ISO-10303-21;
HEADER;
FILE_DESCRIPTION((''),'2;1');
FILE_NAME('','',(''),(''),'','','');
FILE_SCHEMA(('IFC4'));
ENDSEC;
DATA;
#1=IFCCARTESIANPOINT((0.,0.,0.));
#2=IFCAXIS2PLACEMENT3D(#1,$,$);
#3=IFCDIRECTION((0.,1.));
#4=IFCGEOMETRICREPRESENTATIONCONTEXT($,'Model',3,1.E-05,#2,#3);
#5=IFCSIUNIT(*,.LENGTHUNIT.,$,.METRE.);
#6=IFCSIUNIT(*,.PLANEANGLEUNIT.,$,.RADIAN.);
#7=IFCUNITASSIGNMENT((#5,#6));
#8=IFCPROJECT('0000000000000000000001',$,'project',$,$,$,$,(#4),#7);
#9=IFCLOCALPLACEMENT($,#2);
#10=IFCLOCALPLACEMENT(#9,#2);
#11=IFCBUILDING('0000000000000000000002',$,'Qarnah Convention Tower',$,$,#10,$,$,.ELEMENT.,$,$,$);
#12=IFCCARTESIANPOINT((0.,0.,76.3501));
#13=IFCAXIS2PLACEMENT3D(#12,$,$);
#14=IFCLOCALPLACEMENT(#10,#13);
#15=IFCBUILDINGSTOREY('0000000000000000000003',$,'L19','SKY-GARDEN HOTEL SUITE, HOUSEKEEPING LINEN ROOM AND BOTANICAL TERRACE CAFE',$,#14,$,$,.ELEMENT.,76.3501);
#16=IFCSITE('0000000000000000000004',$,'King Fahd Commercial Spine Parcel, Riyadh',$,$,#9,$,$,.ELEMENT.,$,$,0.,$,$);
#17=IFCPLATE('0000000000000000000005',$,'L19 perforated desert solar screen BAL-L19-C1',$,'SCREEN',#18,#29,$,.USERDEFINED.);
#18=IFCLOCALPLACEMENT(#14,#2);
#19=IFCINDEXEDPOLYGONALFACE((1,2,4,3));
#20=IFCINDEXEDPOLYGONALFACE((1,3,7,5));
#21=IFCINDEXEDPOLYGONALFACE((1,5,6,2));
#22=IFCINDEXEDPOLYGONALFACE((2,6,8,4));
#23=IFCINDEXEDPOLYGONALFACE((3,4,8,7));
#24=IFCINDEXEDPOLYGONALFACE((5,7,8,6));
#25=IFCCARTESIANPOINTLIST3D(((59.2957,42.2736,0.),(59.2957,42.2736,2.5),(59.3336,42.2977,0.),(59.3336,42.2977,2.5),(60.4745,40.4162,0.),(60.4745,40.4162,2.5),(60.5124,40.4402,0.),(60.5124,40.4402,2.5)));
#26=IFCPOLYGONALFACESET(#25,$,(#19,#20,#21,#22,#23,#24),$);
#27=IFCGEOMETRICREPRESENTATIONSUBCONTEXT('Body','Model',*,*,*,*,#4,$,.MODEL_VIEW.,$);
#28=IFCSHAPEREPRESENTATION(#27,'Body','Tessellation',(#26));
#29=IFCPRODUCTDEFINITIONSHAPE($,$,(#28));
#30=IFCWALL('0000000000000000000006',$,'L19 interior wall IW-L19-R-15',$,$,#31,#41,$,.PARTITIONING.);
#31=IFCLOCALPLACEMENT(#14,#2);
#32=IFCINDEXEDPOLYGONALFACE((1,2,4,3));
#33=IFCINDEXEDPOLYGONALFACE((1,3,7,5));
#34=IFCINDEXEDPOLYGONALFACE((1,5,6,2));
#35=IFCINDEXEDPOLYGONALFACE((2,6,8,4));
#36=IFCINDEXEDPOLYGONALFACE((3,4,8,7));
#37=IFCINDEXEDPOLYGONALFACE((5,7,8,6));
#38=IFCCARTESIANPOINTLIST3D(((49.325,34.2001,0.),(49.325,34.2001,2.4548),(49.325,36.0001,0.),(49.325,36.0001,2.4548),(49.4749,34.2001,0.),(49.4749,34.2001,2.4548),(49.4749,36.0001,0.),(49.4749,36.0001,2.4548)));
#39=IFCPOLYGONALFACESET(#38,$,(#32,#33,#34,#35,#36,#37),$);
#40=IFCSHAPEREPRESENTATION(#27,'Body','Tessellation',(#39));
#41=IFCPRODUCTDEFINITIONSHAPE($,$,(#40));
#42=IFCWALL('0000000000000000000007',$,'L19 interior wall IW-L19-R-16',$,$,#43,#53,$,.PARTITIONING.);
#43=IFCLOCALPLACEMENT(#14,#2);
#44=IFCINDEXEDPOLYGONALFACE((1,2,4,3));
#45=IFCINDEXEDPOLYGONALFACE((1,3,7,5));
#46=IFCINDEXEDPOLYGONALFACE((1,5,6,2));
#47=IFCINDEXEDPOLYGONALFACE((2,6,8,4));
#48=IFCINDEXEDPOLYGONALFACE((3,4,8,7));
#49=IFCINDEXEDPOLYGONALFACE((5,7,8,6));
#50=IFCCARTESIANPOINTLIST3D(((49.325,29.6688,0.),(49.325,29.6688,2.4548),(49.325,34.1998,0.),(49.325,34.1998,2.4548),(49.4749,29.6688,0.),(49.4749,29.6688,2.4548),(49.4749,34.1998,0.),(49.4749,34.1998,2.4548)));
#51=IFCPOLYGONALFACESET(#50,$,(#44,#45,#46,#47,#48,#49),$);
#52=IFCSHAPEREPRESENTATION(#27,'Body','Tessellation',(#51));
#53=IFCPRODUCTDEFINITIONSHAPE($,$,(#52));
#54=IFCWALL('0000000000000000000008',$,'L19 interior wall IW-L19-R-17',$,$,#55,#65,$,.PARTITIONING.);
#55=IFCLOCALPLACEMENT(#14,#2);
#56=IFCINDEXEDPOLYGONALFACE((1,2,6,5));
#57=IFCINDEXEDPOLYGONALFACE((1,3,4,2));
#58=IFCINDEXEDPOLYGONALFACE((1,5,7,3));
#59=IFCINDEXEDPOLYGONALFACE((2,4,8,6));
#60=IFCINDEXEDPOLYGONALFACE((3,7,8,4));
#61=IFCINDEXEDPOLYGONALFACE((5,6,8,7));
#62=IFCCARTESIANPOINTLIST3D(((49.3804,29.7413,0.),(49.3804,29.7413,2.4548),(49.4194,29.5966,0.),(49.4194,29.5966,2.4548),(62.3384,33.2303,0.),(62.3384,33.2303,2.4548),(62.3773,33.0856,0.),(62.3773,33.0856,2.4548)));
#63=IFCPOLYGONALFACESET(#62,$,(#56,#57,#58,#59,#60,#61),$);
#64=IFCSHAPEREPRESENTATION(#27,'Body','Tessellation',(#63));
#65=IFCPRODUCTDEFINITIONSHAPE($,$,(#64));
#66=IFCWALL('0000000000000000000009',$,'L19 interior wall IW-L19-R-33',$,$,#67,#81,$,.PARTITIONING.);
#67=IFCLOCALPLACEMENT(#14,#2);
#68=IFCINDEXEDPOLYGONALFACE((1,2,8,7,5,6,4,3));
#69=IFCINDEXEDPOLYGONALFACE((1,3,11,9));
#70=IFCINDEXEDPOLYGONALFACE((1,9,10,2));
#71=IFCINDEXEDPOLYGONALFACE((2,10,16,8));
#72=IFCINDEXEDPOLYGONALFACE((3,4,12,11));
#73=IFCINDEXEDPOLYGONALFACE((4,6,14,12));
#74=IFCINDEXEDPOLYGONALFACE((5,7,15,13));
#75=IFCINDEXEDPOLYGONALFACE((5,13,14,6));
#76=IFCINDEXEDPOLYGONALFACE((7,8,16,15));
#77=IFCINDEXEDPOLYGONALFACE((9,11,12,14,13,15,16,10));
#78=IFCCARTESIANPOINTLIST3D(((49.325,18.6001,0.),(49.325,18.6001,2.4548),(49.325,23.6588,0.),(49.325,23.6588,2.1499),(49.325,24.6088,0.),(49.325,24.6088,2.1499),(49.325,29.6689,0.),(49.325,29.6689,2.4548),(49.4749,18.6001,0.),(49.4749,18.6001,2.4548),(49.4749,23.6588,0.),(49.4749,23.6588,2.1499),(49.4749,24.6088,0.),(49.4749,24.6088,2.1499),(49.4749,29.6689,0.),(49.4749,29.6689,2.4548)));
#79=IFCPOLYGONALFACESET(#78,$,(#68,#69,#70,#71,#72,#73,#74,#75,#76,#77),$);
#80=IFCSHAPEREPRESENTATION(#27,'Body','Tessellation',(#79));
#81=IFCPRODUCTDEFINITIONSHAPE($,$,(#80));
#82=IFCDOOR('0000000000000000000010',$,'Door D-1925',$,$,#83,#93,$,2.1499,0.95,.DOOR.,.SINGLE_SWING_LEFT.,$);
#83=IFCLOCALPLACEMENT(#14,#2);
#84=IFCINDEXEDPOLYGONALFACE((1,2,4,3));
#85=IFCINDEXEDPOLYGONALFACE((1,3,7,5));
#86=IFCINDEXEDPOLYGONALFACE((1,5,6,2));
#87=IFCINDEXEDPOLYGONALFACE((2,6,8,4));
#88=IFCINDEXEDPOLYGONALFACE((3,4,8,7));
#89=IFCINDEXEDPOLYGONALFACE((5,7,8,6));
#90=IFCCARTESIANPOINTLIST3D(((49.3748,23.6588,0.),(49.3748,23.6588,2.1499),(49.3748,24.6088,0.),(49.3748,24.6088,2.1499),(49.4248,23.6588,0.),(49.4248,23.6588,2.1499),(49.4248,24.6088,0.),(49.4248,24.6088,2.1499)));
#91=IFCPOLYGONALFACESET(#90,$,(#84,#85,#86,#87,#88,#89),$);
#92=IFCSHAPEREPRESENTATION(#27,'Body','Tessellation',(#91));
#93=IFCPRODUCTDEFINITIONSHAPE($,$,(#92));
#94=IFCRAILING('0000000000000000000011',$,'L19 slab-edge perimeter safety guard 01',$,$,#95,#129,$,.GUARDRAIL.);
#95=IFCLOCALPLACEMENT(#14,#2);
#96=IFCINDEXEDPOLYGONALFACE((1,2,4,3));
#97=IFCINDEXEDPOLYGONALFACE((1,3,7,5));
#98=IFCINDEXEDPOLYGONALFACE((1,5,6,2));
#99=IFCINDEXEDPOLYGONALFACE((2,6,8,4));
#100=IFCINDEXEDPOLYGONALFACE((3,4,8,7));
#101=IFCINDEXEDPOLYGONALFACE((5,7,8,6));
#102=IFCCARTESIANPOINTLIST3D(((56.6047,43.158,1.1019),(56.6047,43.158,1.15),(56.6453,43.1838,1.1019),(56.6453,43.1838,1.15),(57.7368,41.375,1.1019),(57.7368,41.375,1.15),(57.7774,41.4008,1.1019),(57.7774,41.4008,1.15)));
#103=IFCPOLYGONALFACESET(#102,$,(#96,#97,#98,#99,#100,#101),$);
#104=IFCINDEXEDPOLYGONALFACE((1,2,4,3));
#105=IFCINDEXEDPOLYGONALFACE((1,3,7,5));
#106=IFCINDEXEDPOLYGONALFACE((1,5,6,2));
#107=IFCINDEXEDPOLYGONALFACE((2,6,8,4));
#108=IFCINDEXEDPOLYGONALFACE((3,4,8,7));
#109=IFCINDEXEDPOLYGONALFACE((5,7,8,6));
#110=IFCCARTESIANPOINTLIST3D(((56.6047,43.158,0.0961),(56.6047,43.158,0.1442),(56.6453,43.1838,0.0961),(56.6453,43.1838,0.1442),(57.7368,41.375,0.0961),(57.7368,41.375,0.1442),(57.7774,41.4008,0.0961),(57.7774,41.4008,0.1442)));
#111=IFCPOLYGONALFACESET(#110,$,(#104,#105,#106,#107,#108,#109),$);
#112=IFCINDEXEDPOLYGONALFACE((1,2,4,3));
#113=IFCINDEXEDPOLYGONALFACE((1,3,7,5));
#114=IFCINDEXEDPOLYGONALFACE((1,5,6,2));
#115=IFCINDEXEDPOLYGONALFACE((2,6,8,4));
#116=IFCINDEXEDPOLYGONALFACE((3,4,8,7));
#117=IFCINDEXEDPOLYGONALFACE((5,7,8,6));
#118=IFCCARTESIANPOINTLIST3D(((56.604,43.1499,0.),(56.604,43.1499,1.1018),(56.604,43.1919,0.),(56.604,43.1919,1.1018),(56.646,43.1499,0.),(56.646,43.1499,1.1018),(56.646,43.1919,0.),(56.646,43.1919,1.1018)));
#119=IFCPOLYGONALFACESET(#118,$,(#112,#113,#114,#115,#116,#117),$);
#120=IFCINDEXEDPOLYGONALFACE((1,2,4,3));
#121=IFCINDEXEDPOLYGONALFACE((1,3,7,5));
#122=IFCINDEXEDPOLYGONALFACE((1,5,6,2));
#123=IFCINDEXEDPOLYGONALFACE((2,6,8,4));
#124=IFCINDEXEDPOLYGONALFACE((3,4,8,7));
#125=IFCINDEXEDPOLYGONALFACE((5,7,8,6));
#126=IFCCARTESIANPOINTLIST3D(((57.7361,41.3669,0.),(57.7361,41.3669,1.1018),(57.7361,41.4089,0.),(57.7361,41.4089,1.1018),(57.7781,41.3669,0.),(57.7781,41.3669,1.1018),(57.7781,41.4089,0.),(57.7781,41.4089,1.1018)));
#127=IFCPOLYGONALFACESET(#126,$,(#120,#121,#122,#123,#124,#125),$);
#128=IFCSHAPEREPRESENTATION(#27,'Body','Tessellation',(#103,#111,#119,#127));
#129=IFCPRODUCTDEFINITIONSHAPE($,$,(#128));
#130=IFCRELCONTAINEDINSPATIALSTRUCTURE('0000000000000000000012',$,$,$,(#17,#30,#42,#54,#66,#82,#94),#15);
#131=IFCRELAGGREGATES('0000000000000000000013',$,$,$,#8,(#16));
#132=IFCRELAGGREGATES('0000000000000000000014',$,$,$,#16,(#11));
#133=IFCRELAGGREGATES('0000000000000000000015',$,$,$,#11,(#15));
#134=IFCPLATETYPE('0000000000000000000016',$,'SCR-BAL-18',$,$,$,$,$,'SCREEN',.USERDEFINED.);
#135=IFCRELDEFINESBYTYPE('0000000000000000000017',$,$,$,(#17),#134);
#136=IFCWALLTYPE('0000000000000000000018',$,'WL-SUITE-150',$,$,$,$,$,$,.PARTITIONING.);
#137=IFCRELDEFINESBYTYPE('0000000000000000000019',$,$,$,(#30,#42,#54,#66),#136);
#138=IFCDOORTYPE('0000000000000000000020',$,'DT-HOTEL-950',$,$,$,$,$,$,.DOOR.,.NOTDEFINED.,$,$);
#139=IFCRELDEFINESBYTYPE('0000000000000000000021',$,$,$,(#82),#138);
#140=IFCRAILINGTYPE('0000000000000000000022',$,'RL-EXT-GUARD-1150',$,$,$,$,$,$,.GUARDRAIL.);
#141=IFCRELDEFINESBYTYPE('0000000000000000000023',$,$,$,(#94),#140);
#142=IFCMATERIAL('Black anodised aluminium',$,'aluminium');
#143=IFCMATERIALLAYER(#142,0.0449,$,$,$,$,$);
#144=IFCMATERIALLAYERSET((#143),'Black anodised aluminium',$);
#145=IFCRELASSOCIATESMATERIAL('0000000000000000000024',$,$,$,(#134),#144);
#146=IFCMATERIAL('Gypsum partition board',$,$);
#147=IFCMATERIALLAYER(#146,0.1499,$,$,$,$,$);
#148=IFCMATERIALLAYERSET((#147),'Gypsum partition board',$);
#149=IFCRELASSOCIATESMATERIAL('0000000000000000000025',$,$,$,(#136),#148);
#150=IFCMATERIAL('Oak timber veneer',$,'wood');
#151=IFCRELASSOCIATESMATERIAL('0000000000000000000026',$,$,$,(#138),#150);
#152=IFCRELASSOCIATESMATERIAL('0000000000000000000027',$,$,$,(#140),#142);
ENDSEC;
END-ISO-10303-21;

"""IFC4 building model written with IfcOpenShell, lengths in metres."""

from ifc_helpers import new_model, si_unit, direction, frame, frame_2d, origin, origin_2d, place, context, subcontext, project, spatial, rectangle, extrude, material, layer, layer_set, type_object, element, fill, save


model = new_model("IFC4")

# Units and contexts
model_context = context("Model", 3, precision=1e-05, world=origin(), true_north=direction((0.0, 1.0)))
body_context = subcontext(model_context, "Body", "Model", "MODEL_VIEW")
ifc_project = project(units=[si_unit("LENGTHUNIT", "METRE"), si_unit("PLANEANGLEUNIT", "RADIAN")], contexts=[model_context])

# Site, building, storey
site_placement = place(None, origin())
site = spatial("IfcSite", under=ifc_project, at=site_placement, Name="King Fahd Commercial Spine Parcel, Riyadh", CompositionType="ELEMENT", RefElevation=0.0)
building_placement = place(site_placement, origin())
building = spatial("IfcBuilding", under=site, at=building_placement, Name="Qarnah Convention Tower", CompositionType="ELEMENT")
storey_placement = place(building_placement, frame((0.0, 0.0, 76.3501)))
storey = spatial("IfcBuildingStorey", under=building, at=storey_placement, Name="L19", Description="SKY-GARDEN HOTEL SUITE, HOUSEKEEPING LINEN ROOM AND BOTANICAL TERRACE CAFE", CompositionType="ELEMENT", Elevation=76.3501)

# Shared definitions
ifc_material_1 = material(Name="Black anodised aluminium", Category="aluminium")

# Plate
ifc_layer_1 = layer(ifc_material_1, 0.0449)
ifc_layer_set_1 = layer_set([ifc_layer_1], Name="Black anodised aluminium")
plate_type_1 = type_object("IfcPlateType", Name="SCR-BAL-18", ElementType="SCREEN", PredefinedType="USERDEFINED", material=ifc_layer_set_1)
plate_1_placement = place(storey_placement, frame((59.9041, 41.3569, 0.0), z_axis=(0.0, 0.0, 1.0), x_axis=(0.535849, -0.844314, 0.0)))
element("IfcPlate", 1, at=plate_1_placement, inside=storey, type_object=plate_type_1, Name="L19 perforated desert solar screen BAL-L19-C1", ObjectType="SCREEN", PredefinedType="USERDEFINED", context=body_context, shape_type="SweptSolid", body=[
    extrude(rectangle(XDim=2.2, YDim=0.0449, at=origin_2d()), origin(), (0.0, 0.0, 1.0), 2.5),
])

# Walls
ifc_material_2 = material(Name="Gypsum partition board")
ifc_layer_2 = layer(ifc_material_2, 0.1499)
ifc_layer_set_2 = layer_set([ifc_layer_2], Name="Gypsum partition board")
wall_type_1 = type_object("IfcWallType", Name="WL-SUITE-150", PredefinedType="PARTITIONING", material=ifc_layer_set_2)
wall_1_placement = place(storey_placement, frame((49.3999, 36.0, 0.0), z_axis=(0.0, 0.0, 1.0), x_axis=(0.0, -1.0, 0.0)))
element("IfcWall", 2, at=wall_1_placement, inside=storey, type_object=wall_type_1, Name="L19 interior wall IW-L19-R-15", PredefinedType="PARTITIONING", context=body_context, shape_type="SweptSolid", body=[
    extrude(rectangle(XDim=1.8, YDim=0.1499, at=frame_2d((0.8999, 0.0))), origin(), (0.0, 0.0, 1.0), 2.4548),
])
wall_2_placement = place(storey_placement, frame((49.3999, 34.2, 0.0), z_axis=(0.0, 0.0, 1.0), x_axis=(0.0, -1.0, 0.0)))
element("IfcWall", 3, at=wall_2_placement, inside=storey, type_object=wall_type_1, Name="L19 interior wall IW-L19-R-16", PredefinedType="PARTITIONING", context=body_context, shape_type="SweptSolid", body=[
    extrude(rectangle(XDim=4.531, YDim=0.1499, at=frame_2d((2.2656, 0.0))), origin(), (0.0, 0.0, 1.0), 2.4548),
])
wall_3_placement = place(storey_placement, frame((49.3999, 29.6689, 0.0), z_axis=(0.0, 0.0, 1.0), x_axis=(0.96561, 0.259996, 0.0)))
element("IfcWall", 4, at=wall_3_placement, inside=storey, type_object=wall_type_1, Name="L19 interior wall IW-L19-R-17", PredefinedType="PARTITIONING", context=body_context, shape_type="SweptSolid", body=[
    extrude(rectangle(XDim=13.4194, YDim=0.1499, at=frame_2d((6.7097, 0.0))), origin(), (0.0, 0.0, 1.0), 2.4548),
])

# Wall, opening, door
wall_4_placement = place(storey_placement, frame((49.3999, 29.6689, 0.0), z_axis=(0.0, 0.0, 1.0), x_axis=(0.0, -1.0, 0.0)))
wall_4 = element("IfcWall", 5, at=wall_4_placement, inside=storey, type_object=wall_type_1, Name="L19 interior wall IW-L19-R-33", PredefinedType="PARTITIONING", context=body_context, shape_type="SweptSolid", body=[
    extrude(rectangle(XDim=11.0688, YDim=0.1499, at=frame_2d((5.5344, 0.0))), origin(), (0.0, 0.0, 1.0), 2.4548),
])
opening_1_placement = place(wall_4_placement, frame((5.0601, 0.0, 0.0)))
opening_1 = element("IfcOpeningElement", 6, at=opening_1_placement, cuts=wall_4, PredefinedType="OPENING", context=body_context, shape_type="SweptSolid", body=[
    extrude(rectangle(XDim=0.95, YDim=2.1499, at=frame_2d((0.4751, 1.075))), frame((0.0, 0.085, 0.0), z_axis=(0.0, -1.0, 0.0), x_axis=(1.0, 0.0, 0.0)), (0.0, 0.0, 1.0), 0.1699),
])
ifc_material_3 = material(Name="Oak timber veneer", Category="wood")
door_type_1 = type_object("IfcDoorType", Name="DT-HOTEL-950", OperationType="NOTDEFINED", PredefinedType="DOOR", material=ifc_material_3)
door_1_placement = place(opening_1_placement, origin())
door_1 = element("IfcDoor", 7, at=door_1_placement, inside=storey, type_object=door_type_1, Name="Door D-1925", OperationType="SINGLE_SWING_LEFT", OverallHeight=2.1499, OverallWidth=0.95, PredefinedType="DOOR", context=body_context, shape_type="SweptSolid", body=[
    extrude(rectangle(XDim=0.95, YDim=2.1499, at=frame_2d((0.4751, 1.075))), frame((0.0, 0.0249, 0.0), z_axis=(0.0, -1.0, 0.0), x_axis=(1.0, 0.0, 0.0)), (0.0, 0.0, 1.0), 0.05),
])
fill(opening_1, door_1)

# Railing
railing_type = type_object("IfcRailingType", Name="RL-EXT-GUARD-1150", PredefinedType="GUARDRAIL", material=ifc_material_1)
railing_1_placement = place(storey_placement, frame((56.625, 43.1709, 0.0)))
element("IfcRailing", 8, at=railing_1_placement, inside=storey, type_object=railing_type, Name="L19 slab-edge perimeter safety guard 01", PredefinedType="GUARDRAIL", context=body_context, shape_type="SweptSolid", body=[
    extrude(rectangle(XDim=0.0481, YDim=0.0481, at=origin_2d()), frame((0.0, 0.0, 1.126), z_axis=(0.536023, -0.844204, 0.0), x_axis=(0.844204, 0.536023, 0.0)), (0.0, 0.0, 1.0), 2.1121),
    extrude(rectangle(XDim=0.0481, YDim=0.0481, at=origin_2d()), frame((0.0, 0.0, 0.1201), z_axis=(0.536023, -0.844204, 0.0), x_axis=(0.844204, 0.536023, 0.0)), (0.0, 0.0, 1.0), 2.1121),
    extrude(rectangle(XDim=0.042, YDim=0.042, at=origin_2d()), origin(), (0.0, 0.0, 1.0), 1.1018),
    extrude(rectangle(XDim=0.042, YDim=0.042, at=origin_2d()), frame((1.1321, -1.783, 0.0)), (0.0, 0.0, 1.0), 1.1018),
])

save(model, "model.ifc")
